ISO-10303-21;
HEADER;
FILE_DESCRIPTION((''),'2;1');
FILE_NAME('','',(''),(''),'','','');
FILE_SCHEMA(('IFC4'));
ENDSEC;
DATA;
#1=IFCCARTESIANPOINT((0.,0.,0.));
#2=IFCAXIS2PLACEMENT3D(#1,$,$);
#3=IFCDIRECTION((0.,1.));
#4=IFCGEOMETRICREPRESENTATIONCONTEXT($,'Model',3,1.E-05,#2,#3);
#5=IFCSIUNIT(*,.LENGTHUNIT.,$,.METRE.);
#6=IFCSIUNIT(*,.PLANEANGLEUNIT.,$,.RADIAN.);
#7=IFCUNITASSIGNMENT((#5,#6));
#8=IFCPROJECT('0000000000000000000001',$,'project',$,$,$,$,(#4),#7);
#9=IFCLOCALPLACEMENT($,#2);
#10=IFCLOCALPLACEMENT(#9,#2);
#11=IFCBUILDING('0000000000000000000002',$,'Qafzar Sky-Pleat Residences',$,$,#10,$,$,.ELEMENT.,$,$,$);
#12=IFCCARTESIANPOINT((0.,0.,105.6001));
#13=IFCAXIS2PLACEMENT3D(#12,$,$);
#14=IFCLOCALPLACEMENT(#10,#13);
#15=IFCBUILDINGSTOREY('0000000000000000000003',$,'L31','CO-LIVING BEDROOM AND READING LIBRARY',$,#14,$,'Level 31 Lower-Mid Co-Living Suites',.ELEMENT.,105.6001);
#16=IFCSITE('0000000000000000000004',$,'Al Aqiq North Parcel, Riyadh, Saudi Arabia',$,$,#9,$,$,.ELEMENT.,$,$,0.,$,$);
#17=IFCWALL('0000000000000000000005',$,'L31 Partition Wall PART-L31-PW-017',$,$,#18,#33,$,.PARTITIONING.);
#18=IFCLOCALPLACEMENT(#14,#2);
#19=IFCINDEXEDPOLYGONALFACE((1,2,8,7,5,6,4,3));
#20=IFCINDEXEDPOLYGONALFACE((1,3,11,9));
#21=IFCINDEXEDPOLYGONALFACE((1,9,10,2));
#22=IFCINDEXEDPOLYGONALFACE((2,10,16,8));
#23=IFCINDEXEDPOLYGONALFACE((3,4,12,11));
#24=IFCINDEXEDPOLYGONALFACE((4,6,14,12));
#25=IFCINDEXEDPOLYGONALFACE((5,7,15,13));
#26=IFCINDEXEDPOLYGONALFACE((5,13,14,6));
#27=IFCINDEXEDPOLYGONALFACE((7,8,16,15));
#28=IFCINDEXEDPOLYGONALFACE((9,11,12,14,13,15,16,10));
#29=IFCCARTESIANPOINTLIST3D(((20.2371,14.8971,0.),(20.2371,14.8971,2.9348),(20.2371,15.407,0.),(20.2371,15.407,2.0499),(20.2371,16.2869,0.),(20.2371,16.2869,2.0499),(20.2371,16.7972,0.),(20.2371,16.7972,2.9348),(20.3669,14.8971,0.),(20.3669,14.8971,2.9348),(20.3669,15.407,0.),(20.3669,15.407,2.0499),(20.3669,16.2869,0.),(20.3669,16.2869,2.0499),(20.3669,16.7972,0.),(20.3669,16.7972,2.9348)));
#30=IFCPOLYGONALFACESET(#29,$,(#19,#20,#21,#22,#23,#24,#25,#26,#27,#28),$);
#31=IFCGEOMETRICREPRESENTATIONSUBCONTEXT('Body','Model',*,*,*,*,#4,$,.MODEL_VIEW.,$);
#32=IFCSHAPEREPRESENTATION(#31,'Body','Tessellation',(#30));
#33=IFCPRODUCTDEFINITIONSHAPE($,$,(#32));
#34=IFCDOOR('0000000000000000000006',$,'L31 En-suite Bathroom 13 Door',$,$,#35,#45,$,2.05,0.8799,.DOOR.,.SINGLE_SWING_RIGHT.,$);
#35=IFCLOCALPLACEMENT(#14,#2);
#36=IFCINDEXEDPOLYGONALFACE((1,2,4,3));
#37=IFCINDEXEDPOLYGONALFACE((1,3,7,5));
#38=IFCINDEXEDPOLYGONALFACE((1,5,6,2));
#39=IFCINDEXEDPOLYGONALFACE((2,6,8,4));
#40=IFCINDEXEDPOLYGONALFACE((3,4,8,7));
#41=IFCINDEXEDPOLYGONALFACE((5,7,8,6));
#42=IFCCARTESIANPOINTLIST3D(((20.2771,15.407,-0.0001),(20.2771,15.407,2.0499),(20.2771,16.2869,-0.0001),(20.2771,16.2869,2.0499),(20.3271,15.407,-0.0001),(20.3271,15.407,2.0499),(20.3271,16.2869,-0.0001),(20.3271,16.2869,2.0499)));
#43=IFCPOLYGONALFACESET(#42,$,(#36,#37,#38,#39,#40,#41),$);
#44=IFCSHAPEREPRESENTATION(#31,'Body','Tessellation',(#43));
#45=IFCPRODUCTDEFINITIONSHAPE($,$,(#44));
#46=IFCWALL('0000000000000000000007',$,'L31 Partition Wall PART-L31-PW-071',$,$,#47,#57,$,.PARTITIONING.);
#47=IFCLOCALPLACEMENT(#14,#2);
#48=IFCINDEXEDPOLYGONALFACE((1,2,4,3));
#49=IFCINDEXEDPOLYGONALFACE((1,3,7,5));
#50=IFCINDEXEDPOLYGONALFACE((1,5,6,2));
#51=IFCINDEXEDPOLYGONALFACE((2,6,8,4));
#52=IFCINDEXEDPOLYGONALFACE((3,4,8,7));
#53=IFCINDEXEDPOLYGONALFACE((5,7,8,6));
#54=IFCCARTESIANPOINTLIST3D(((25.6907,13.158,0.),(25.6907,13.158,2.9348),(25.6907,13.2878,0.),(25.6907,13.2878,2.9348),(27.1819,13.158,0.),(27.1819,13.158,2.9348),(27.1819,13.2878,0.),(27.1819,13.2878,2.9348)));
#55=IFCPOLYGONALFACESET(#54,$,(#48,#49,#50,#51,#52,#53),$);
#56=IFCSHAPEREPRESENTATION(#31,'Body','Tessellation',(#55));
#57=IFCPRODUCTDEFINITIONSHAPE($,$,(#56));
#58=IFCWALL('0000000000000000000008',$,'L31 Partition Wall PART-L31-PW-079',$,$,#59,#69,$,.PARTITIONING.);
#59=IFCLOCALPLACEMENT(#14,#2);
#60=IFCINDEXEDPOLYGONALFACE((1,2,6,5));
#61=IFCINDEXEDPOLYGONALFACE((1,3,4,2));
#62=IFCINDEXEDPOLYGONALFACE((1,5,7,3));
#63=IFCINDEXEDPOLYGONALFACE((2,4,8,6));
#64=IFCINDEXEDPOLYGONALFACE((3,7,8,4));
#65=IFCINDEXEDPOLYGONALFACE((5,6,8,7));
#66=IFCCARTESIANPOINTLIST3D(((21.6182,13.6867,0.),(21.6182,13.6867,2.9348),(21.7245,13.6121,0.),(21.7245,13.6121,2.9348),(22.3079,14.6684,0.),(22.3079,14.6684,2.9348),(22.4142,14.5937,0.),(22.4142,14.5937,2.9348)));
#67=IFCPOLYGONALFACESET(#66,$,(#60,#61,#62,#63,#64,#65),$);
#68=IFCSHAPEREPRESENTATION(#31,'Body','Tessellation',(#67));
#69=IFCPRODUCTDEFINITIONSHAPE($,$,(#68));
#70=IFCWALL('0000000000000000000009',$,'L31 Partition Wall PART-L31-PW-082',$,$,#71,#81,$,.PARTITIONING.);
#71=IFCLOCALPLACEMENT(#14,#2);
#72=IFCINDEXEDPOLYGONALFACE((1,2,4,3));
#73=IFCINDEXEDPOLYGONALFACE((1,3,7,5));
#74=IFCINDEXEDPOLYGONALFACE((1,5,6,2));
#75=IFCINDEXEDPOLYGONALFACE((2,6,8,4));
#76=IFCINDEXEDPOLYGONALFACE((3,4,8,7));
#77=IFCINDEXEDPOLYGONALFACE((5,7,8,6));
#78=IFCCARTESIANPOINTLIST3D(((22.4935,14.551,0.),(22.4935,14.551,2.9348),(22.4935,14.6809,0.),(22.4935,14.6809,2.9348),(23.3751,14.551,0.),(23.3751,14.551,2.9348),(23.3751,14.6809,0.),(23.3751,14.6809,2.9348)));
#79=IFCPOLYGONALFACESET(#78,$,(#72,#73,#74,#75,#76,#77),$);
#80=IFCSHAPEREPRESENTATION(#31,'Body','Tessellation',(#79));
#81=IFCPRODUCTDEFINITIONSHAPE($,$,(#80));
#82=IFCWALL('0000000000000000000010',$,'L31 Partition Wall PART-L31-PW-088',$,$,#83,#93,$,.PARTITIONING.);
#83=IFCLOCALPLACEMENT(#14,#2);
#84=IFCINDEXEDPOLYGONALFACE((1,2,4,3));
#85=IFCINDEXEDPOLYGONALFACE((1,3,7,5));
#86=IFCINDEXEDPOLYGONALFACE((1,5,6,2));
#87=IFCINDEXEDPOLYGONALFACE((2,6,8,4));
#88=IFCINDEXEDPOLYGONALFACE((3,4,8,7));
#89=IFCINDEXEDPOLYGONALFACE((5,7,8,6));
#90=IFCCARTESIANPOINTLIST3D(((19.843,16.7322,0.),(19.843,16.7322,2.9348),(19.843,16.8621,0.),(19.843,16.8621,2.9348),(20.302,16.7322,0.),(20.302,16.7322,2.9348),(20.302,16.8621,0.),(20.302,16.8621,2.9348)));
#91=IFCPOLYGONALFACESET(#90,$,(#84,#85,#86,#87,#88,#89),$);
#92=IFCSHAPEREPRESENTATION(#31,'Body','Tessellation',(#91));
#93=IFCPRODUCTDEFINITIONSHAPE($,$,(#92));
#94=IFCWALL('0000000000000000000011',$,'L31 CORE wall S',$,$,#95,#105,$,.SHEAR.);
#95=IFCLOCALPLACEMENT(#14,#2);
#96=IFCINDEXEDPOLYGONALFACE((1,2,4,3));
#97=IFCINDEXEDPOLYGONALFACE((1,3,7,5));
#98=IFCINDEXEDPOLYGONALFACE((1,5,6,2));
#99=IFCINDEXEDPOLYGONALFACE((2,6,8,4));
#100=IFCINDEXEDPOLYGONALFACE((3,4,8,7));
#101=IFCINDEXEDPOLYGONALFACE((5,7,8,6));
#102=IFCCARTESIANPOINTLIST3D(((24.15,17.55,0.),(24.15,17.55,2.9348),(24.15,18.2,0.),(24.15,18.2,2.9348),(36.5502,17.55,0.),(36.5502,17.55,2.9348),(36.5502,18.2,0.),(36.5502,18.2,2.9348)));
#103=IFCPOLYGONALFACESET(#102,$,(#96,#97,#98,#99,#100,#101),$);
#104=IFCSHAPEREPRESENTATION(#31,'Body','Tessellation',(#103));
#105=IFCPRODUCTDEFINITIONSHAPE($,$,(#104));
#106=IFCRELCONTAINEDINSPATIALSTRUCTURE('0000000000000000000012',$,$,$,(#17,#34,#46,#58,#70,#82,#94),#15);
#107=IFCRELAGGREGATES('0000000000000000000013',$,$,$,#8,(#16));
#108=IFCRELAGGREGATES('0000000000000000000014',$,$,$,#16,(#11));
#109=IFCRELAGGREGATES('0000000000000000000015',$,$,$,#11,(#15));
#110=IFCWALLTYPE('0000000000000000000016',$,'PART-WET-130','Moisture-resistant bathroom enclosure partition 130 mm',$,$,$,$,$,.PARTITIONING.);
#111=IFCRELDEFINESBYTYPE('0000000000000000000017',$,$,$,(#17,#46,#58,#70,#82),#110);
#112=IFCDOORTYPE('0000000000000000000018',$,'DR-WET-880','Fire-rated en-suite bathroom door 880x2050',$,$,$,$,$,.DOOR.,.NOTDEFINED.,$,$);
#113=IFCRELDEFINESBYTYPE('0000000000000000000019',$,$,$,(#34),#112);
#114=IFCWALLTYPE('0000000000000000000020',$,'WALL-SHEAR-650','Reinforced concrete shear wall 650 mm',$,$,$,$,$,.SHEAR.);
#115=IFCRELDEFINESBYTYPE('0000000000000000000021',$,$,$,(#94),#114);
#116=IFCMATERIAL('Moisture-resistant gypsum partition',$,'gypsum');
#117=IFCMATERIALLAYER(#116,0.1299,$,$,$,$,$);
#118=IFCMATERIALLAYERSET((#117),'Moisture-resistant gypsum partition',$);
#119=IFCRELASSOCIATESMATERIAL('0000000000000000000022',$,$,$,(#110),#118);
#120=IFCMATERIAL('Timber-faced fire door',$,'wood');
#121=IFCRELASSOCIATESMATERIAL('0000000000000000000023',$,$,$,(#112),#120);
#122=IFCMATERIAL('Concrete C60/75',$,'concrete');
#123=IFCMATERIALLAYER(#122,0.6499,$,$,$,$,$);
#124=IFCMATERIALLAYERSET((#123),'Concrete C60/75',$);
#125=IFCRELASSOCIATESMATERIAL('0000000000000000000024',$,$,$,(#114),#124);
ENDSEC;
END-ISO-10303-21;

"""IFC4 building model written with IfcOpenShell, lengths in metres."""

from ifc_helpers import new_model, si_unit, direction, frame, frame_2d, origin, place, context, subcontext, project, spatial, rectangle, extrude, source, transform, mapped, material, layer, layer_set, type_object, element, fill, save


model = new_model("IFC4")

# Units and contexts
model_context = context("Model", 3, precision=1e-05, world=origin(), true_north=direction((0.0, 1.0)))
body_context = subcontext(model_context, "Body", "Model", "MODEL_VIEW")
ifc_project = project(units=[si_unit("LENGTHUNIT", "METRE"), si_unit("PLANEANGLEUNIT", "RADIAN")], contexts=[model_context])

# Site, building, storey
site_placement = place(None, origin())
site = spatial("IfcSite", under=ifc_project, at=site_placement, Name="Al Aqiq North Parcel, Riyadh, Saudi Arabia", CompositionType="ELEMENT", RefElevation=0.0)
building_placement = place(site_placement, origin())
building = spatial("IfcBuilding", under=site, at=building_placement, Name="Qafzar Sky-Pleat Residences", CompositionType="ELEMENT")
storey_placement = place(building_placement, frame((0.0, 0.0, 105.6001)))
storey = spatial("IfcBuildingStorey", under=building, at=storey_placement, Name="L31", Description="CO-LIVING BEDROOM AND READING LIBRARY", LongName="Level 31 Lower-Mid Co-Living Suites", CompositionType="ELEMENT", Elevation=105.6001)

# Shared definitions
ifc_material_1 = material(Name="Timber-faced fire door", Category="wood")

# Wall, opening, door
ifc_material_2 = material(Name="Moisture-resistant gypsum partition", Category="gypsum")
ifc_layer_1 = layer(ifc_material_2, 0.1299)
ifc_layer_set_1 = layer_set([ifc_layer_1], Name="Moisture-resistant gypsum partition")
wall_type_1 = type_object("IfcWallType", Name="PART-WET-130", Description="Moisture-resistant bathroom enclosure partition 130 mm", PredefinedType="PARTITIONING", material=ifc_layer_set_1)
wall_1_placement = place(storey_placement, frame((20.302, 14.897, 0.0), z_axis=(0.0, 0.0, 1.0), x_axis=(0.0, 1.0, 0.0)))
wall_1 = element("IfcWall", 1, at=wall_1_placement, inside=storey, type_object=wall_type_1, Name="L31 Partition Wall PART-L31-PW-017", PredefinedType="PARTITIONING", context=body_context, shape_type="SweptSolid", body=[
    extrude(rectangle(XDim=1.9001, YDim=0.1299, at=frame_2d((0.9502, 0.0))), origin(), (0.0, 0.0, 1.0), 2.9348),
])
opening_1_placement = place(wall_1_placement, frame((0.51, 0.0, 0.0)))
opening_1 = element("IfcOpeningElement", 2, at=opening_1_placement, cuts=wall_1, PredefinedType="OPENING", context=body_context, shape_type="SweptSolid", body=[
    extrude(rectangle(XDim=0.8799, YDim=2.05, at=frame_2d((0.4399, 1.0249))), frame((0.0, 0.075, 0.0), z_axis=(0.0, -1.0, 0.0), x_axis=(1.0, 0.0, 0.0)), (0.0, 0.0, 1.0), 0.1499),
])
door_type_1 = type_object("IfcDoorType", Name="DR-WET-880", Description="Fire-rated en-suite bathroom door 880x2050", OperationType="NOTDEFINED", PredefinedType="DOOR", material=ifc_material_1)
shared_shape_1 = source(origin(), body_context, "Body", "SweptSolid", [
    extrude(rectangle(XDim=0.8799, YDim=2.05, at=frame_2d((0.4399, 1.0249))), frame((0.0, 0.0249, 0.0), z_axis=(0.0, -1.0, 0.0), x_axis=(1.0, 0.0, 0.0)), (0.0, 0.0, 1.0), 0.05),
])
door_1_placement = place(opening_1_placement, origin())
door_1 = element("IfcDoor", 3, at=door_1_placement, inside=storey, type_object=door_type_1, Name="L31 En-suite Bathroom 13 Door", OperationType="SINGLE_SWING_RIGHT", OverallHeight=2.05, OverallWidth=0.8799, PredefinedType="DOOR", context=body_context, shape_type="MappedRepresentation", body=[
    mapped(shared_shape_1, transform((0.0, 0.0, 0.0), x_axis=(1.0, 0.0, 0.0), y_axis=(0.0, 1.0, 0.0), z_axis=(0.0, 0.0, 1.0), scale=1.0)),
])
fill(opening_1, door_1)

# Walls
wall_2_placement = place(storey_placement, frame((25.6907, 13.2229, 0.0), z_axis=(0.0, 0.0, 1.0), x_axis=(1.0, 0.0, 0.0)))
element("IfcWall", 4, at=wall_2_placement, inside=storey, type_object=wall_type_1, Name="L31 Partition Wall PART-L31-PW-071", PredefinedType="PARTITIONING", context=body_context, shape_type="SweptSolid", body=[
    extrude(rectangle(XDim=1.4912, YDim=0.1299, at=frame_2d((0.7456, 0.0))), origin(), (0.0, 0.0, 1.0), 2.9348),
])
wall_3_placement = place(storey_placement, frame((21.6714, 13.6494, 0.0), z_axis=(0.0, 0.0, 1.0), x_axis=(0.574868, 0.818246, 0.0)))
element("IfcWall", 5, at=wall_3_placement, inside=storey, type_object=wall_type_1, Name="L31 Partition Wall PART-L31-PW-079", PredefinedType="PARTITIONING", context=body_context, shape_type="SweptSolid", body=[
    extrude(rectangle(XDim=1.1997, YDim=0.1299, at=frame_2d((0.5999, 0.0))), origin(), (0.0, 0.0, 1.0), 2.9348),
])
wall_4_placement = place(storey_placement, frame((22.4934, 14.616, 0.0), z_axis=(0.0, 0.0, 1.0), x_axis=(1.0, 0.0, 0.0)))
element("IfcWall", 6, at=wall_4_placement, inside=storey, type_object=wall_type_1, Name="L31 Partition Wall PART-L31-PW-082", PredefinedType="PARTITIONING", context=body_context, shape_type="SweptSolid", body=[
    extrude(rectangle(XDim=0.8816, YDim=0.1299, at=frame_2d((0.4409, 0.0))), origin(), (0.0, 0.0, 1.0), 2.9348),
])
wall_5_placement = place(storey_placement, frame((19.843, 16.7971, 0.0), z_axis=(0.0, 0.0, 1.0), x_axis=(1.0, 0.0, 0.0)))
element("IfcWall", 7, at=wall_5_placement, inside=storey, type_object=wall_type_1, Name="L31 Partition Wall PART-L31-PW-088", PredefinedType="PARTITIONING", context=body_context, shape_type="SweptSolid", body=[
    extrude(rectangle(XDim=0.459, YDim=0.1299, at=frame_2d((0.2295, 0.0))), origin(), (0.0, 0.0, 1.0), 2.9348),
])

# Shared definitions
ifc_material_3 = material(Name="Concrete C60/75", Category="concrete")

# Wall
ifc_layer_2 = layer(ifc_material_3, 0.6499)
ifc_layer_set_2 = layer_set([ifc_layer_2], Name="Concrete C60/75")
wall_type_2 = type_object("IfcWallType", Name="WALL-SHEAR-650", Description="Reinforced concrete shear wall 650 mm", PredefinedType="SHEAR", material=ifc_layer_set_2)
wall_6_placement = place(storey_placement, frame((24.1499, 17.875, 0.0), z_axis=(0.0, 0.0, 1.0), x_axis=(1.0, 0.0, 0.0)))
element("IfcWall", 8, at=wall_6_placement, inside=storey, type_object=wall_type_2, Name="L31 CORE wall S", PredefinedType="SHEAR", context=body_context, shape_type="SweptSolid", body=[
    extrude(rectangle(XDim=12.4001, YDim=0.6499, at=frame_2d((6.2002, 0.0))), origin(), (0.0, 0.0, 1.0), 2.9348),
])

save(model, "model.ifc")
